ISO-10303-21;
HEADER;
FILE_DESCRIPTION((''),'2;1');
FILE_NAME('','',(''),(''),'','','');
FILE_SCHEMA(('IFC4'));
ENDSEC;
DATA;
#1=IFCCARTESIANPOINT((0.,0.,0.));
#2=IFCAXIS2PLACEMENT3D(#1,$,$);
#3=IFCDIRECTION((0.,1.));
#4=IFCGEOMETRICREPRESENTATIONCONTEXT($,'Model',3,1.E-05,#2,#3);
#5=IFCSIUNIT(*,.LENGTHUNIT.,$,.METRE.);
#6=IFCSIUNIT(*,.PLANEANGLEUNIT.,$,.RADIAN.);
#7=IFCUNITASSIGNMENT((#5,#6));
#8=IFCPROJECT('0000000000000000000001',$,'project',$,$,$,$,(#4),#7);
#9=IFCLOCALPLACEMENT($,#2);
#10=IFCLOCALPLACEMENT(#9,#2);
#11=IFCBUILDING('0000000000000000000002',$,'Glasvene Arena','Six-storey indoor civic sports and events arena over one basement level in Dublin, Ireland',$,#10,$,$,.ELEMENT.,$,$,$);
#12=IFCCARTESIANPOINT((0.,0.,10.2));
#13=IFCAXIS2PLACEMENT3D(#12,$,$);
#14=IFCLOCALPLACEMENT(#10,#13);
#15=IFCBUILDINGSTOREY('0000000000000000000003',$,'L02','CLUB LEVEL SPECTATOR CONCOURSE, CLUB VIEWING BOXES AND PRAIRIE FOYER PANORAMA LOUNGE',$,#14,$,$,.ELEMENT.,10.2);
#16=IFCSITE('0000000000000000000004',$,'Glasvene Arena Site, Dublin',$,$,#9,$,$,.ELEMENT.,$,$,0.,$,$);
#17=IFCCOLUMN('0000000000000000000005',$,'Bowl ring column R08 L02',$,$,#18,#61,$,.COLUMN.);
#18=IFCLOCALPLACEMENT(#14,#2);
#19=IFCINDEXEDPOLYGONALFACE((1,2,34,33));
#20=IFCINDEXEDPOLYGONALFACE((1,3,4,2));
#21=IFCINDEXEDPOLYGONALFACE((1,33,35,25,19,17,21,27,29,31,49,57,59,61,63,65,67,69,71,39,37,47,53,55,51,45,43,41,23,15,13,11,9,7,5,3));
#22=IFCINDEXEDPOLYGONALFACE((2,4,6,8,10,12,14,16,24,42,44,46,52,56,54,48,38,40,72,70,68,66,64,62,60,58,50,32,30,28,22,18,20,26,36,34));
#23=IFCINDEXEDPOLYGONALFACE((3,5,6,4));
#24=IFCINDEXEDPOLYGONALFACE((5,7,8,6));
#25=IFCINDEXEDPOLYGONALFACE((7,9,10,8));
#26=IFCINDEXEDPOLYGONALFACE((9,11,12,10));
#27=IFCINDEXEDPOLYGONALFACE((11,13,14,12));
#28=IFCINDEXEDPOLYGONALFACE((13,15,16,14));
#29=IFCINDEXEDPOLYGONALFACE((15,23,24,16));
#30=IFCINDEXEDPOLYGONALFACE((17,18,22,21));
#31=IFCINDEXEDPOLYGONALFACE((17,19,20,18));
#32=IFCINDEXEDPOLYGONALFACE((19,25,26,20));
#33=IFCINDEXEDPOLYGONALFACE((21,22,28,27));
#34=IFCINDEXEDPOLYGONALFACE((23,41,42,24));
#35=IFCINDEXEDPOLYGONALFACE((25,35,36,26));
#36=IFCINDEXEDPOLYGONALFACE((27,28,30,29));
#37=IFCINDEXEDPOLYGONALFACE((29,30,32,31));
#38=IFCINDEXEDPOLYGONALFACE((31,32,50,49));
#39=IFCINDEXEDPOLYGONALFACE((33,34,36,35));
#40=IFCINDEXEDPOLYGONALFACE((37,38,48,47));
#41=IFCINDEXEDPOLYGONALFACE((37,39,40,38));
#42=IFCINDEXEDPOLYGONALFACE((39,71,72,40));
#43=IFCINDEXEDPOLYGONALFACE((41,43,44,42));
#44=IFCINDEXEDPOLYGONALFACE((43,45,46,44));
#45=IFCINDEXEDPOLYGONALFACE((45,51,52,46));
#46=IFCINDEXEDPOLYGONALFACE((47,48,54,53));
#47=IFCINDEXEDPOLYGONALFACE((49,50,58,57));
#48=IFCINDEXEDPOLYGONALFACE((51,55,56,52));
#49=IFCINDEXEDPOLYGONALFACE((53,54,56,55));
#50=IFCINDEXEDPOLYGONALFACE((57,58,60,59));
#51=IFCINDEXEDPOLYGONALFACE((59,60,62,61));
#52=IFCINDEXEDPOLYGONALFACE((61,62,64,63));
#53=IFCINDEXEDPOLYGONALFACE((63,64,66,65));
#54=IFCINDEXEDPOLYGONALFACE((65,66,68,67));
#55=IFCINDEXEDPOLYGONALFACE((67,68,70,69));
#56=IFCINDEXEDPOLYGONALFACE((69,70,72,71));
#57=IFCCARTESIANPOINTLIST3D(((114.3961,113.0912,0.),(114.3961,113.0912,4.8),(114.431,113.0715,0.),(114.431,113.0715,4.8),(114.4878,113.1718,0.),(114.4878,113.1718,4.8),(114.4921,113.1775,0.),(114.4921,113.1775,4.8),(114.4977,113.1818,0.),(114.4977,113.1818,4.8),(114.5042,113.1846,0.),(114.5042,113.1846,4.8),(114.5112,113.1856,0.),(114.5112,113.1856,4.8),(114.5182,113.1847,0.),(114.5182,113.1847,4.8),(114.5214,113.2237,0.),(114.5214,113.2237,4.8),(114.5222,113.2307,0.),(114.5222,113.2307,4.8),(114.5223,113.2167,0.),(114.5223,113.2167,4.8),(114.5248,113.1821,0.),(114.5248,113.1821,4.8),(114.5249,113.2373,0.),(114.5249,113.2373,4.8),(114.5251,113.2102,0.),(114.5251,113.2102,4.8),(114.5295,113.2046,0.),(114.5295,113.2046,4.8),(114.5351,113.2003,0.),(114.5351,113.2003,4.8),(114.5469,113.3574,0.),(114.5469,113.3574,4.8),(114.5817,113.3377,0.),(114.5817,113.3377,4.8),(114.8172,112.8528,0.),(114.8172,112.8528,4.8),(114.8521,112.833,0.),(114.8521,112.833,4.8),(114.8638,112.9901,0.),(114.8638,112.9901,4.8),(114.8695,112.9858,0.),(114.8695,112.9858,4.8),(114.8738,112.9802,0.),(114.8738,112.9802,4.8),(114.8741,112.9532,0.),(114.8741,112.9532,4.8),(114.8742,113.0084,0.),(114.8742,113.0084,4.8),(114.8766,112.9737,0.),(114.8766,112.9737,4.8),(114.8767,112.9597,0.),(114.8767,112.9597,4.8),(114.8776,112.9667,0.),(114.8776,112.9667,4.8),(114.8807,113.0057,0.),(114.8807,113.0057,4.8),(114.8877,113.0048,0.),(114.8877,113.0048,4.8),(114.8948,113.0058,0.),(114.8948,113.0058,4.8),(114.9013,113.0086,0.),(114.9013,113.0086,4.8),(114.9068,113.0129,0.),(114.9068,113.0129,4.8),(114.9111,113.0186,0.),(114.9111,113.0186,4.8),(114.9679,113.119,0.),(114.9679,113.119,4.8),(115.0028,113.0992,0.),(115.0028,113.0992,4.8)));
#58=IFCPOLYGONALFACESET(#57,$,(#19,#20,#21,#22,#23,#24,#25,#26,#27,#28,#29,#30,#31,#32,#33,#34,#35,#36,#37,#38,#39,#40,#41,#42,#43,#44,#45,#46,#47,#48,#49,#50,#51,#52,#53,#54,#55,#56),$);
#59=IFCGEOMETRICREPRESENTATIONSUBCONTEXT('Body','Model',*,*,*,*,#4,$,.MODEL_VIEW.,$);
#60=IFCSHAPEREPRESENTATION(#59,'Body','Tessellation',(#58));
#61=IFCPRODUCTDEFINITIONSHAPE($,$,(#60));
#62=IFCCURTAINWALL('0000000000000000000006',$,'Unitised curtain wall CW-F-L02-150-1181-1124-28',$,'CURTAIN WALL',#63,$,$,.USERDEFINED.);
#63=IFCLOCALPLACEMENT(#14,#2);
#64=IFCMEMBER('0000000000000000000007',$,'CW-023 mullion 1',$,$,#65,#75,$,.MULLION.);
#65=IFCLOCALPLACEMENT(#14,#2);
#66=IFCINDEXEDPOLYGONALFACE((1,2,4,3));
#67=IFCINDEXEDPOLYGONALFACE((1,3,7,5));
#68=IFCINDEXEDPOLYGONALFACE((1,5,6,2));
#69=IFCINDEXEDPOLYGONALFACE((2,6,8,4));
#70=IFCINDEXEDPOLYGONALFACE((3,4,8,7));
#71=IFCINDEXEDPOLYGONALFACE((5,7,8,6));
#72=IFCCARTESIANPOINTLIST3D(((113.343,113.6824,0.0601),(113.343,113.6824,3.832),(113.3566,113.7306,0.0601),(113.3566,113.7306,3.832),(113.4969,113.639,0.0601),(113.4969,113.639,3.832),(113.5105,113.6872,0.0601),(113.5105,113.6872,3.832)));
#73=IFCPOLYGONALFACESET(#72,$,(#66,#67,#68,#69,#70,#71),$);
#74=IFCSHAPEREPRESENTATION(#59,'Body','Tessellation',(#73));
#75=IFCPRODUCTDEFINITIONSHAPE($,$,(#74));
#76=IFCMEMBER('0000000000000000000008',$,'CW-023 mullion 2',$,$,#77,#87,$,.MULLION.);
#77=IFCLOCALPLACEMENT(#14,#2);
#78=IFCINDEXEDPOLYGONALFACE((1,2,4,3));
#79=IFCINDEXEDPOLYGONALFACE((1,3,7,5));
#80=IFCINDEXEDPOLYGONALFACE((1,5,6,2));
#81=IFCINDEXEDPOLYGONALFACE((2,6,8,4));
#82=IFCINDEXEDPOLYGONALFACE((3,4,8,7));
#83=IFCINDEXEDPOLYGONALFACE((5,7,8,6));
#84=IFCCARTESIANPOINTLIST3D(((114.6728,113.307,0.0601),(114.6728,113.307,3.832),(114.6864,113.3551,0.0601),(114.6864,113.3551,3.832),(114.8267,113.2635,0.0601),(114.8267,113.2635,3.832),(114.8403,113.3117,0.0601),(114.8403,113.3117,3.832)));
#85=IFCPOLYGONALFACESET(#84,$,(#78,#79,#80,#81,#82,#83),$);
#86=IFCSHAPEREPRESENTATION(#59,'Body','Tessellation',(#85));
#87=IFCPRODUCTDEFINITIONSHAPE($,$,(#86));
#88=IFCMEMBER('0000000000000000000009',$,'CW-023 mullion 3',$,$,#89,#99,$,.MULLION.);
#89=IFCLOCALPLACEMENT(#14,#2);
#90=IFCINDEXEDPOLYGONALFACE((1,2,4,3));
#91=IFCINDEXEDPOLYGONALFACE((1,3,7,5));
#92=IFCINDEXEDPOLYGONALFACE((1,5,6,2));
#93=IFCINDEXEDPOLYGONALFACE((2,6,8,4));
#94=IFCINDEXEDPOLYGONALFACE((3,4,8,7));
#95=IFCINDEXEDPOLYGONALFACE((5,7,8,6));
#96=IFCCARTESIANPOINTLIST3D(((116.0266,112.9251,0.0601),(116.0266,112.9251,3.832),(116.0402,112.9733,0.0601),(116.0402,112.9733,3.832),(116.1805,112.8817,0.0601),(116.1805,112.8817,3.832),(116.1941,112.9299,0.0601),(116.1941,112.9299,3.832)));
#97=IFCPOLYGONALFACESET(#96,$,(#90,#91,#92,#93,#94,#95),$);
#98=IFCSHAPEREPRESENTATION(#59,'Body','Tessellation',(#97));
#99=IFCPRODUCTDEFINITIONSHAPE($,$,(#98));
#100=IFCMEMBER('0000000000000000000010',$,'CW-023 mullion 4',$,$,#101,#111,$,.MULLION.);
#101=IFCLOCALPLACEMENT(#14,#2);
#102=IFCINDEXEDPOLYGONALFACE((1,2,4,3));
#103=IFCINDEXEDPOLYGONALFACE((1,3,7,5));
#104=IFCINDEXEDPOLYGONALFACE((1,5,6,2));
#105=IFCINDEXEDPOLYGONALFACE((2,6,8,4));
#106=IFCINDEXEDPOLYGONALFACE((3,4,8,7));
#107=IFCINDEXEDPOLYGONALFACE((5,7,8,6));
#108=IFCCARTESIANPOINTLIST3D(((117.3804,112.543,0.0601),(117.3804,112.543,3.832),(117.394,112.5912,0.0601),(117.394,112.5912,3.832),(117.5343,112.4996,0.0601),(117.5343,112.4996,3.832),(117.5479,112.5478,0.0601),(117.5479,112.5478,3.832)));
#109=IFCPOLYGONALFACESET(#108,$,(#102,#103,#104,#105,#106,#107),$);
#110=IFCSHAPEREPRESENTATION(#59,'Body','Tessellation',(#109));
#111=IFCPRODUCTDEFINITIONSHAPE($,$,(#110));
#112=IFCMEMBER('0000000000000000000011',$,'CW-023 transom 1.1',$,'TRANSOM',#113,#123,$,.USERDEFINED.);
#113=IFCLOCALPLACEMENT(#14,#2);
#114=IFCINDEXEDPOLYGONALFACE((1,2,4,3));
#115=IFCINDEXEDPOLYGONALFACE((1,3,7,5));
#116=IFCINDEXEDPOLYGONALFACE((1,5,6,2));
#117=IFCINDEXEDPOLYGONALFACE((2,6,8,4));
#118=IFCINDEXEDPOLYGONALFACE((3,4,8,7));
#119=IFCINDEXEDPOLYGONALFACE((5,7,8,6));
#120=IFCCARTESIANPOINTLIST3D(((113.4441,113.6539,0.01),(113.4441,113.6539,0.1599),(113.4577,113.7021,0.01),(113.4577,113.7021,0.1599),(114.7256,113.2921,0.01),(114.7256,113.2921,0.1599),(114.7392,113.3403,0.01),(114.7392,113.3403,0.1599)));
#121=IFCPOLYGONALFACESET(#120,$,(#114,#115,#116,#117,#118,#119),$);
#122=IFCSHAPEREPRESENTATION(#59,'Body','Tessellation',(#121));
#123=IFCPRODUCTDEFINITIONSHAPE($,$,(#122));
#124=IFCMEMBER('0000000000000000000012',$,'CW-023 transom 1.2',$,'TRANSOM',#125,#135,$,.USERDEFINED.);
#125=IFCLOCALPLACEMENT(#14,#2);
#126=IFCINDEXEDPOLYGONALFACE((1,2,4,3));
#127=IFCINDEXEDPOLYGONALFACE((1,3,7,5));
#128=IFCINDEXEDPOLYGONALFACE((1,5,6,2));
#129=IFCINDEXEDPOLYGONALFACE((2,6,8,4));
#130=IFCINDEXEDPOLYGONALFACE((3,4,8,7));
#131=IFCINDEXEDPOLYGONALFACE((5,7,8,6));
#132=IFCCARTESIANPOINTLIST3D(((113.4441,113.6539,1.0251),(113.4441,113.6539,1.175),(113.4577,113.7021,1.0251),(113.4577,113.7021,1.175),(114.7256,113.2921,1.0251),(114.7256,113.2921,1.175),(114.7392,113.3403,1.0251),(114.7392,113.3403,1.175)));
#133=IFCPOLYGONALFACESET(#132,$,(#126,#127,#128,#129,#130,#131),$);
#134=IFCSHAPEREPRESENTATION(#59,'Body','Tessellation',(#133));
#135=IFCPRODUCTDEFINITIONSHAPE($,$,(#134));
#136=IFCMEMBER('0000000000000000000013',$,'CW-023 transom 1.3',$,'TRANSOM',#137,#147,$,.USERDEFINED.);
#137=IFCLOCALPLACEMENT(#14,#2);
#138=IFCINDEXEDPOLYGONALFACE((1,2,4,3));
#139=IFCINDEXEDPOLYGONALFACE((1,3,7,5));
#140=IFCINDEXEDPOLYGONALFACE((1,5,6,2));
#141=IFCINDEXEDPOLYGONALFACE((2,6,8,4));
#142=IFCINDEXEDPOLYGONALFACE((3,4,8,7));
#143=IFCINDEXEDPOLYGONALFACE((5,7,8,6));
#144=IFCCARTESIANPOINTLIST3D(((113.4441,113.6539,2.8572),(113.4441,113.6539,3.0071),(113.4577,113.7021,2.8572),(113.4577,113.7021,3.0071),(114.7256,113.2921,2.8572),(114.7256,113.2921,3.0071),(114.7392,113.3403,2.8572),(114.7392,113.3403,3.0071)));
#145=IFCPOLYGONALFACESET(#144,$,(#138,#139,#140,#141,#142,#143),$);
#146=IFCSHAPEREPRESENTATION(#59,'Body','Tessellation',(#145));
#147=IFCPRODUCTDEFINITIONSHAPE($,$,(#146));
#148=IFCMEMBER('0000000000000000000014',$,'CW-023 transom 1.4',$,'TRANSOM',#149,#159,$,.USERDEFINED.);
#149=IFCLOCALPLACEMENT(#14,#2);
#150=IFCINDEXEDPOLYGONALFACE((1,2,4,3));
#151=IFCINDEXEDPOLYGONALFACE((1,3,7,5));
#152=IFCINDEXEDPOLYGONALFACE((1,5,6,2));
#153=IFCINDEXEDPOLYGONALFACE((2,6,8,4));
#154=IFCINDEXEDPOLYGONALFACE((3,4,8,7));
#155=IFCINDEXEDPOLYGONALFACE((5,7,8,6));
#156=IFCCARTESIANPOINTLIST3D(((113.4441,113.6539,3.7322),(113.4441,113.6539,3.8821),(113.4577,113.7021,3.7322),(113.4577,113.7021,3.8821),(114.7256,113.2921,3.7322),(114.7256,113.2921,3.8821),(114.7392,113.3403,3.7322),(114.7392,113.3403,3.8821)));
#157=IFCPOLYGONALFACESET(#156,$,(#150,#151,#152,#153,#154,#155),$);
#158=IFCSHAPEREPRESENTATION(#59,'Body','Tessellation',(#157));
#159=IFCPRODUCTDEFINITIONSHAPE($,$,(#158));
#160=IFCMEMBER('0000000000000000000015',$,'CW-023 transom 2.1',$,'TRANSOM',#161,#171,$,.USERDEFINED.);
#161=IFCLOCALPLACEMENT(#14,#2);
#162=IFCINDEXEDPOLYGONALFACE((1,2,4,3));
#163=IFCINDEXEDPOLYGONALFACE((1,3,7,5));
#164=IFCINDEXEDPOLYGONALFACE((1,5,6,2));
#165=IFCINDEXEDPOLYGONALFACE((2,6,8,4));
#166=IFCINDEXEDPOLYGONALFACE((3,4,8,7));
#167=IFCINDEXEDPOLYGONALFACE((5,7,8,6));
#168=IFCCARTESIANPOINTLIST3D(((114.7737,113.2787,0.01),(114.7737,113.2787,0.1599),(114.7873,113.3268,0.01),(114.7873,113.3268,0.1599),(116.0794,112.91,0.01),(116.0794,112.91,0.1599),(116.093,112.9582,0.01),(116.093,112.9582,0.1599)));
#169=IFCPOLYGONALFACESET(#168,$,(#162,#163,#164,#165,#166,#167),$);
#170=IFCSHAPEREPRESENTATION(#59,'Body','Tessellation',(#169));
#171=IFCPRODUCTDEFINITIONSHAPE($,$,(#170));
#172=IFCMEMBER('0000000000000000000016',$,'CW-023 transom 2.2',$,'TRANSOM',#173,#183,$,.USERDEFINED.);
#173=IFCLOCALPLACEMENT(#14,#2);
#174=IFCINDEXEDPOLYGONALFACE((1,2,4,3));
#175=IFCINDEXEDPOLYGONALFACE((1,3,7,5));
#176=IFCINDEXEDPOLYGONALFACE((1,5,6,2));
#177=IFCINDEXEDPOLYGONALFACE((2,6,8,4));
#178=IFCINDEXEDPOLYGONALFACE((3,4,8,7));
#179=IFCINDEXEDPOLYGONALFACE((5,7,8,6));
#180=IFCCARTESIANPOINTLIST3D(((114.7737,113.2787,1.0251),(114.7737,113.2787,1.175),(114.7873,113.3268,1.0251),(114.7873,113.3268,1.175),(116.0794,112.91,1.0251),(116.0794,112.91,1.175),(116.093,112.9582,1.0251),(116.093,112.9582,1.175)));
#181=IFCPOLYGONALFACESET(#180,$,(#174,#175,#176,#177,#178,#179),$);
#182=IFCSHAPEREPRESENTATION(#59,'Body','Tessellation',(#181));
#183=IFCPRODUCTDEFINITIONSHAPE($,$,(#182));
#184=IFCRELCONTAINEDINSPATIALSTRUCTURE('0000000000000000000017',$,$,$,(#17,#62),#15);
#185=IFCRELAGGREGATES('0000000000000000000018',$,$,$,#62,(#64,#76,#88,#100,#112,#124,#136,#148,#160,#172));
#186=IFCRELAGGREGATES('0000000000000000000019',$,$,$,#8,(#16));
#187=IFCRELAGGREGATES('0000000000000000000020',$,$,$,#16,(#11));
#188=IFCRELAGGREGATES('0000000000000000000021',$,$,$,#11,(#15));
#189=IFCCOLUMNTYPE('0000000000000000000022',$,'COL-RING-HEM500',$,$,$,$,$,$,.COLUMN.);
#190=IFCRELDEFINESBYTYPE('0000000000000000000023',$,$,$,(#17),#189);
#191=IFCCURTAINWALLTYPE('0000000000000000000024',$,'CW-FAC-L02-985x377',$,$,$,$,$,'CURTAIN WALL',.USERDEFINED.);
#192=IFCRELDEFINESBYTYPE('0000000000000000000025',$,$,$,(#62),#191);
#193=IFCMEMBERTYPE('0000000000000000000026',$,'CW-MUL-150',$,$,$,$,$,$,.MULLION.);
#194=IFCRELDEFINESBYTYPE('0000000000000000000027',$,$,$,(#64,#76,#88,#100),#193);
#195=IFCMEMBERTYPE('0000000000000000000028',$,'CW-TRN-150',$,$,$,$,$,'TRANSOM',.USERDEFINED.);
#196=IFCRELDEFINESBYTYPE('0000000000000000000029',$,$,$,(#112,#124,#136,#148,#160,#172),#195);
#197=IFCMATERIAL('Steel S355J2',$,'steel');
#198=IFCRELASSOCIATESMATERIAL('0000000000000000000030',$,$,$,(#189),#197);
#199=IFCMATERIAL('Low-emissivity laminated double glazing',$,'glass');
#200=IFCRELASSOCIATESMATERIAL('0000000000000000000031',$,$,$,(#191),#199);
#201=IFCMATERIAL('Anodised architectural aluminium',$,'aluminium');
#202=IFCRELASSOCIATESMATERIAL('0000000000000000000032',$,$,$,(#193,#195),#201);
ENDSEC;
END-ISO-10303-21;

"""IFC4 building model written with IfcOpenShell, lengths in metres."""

from ifc_helpers import new_model, si_unit, direction, frame, origin, origin_2d, place, context, subcontext, project, spatial, rectangle, i_section, extrude, material, material_profile, profile_set, type_object, element, aggregate, save


model = new_model("IFC4")

# Units and contexts
model_context = context("Model", 3, precision=1e-05, world=origin(), true_north=direction((0.0, 1.0)))
body_context = subcontext(model_context, "Body", "Model", "MODEL_VIEW")
ifc_project = project(units=[si_unit("LENGTHUNIT", "METRE"), si_unit("PLANEANGLEUNIT", "RADIAN")], contexts=[model_context])

# Site, building, storey
site_placement = place(None, origin())
site = spatial("IfcSite", under=ifc_project, at=site_placement, Name="Glasvene Arena Site, Dublin", CompositionType="ELEMENT", RefElevation=0.0)
building_placement = place(site_placement, origin())
building = spatial("IfcBuilding", under=site, at=building_placement, Name="Glasvene Arena", Description="Six-storey indoor civic sports and events arena over one basement level in Dublin, Ireland", CompositionType="ELEMENT")
storey_placement = place(building_placement, frame((0.0, 0.0, 10.2)))
storey = spatial("IfcBuildingStorey", under=building, at=storey_placement, Name="L02", Description="CLUB LEVEL SPECTATOR CONCOURSE, CLUB VIEWING BOXES AND PRAIRIE FOYER PANORAMA LOUNGE", CompositionType="ELEMENT", Elevation=10.2)

# Column
ifc_material_1 = material(Name="Steel S355J2", Category="steel")
ifc_material_profile_1 = material_profile(ifc_material_1, i_section(OverallWidth=0.3059, OverallDepth=0.5239, WebThickness=0.021, FlangeThickness=0.04, FilletRadius=0.0271, at=origin_2d()), Name="HEM 500")
ifc_profile_set_1 = profile_set([ifc_material_profile_1], Name="Steel S355J2")
column_type = type_object("IfcColumnType", Name="COL-RING-HEM500", PredefinedType="COLUMN", material=ifc_profile_set_1)
column_placement = place(storey_placement, frame((114.6995, 113.0952, 0.0), z_axis=(0.0, 0.0, 1.0), x_axis=(0.492727, 0.870184, 0.0)))
element("IfcColumn", 1, at=column_placement, inside=storey, type_object=column_type, Name="Bowl ring column R08 L02", PredefinedType="COLUMN", context=body_context, shape_type="SweptSolid", body=[
    extrude(i_section(OverallWidth=0.3059, OverallDepth=0.5239, WebThickness=0.021, FlangeThickness=0.04, FilletRadius=0.0271, at=origin_2d()), origin(), (0.0, 0.0, 1.0), 4.8),
])

# Curtain wall, members
ifc_material_2 = material(Name="Low-emissivity laminated double glazing", Category="glass")
curtain_wall_type = type_object("IfcCurtainWallType", Name="CW-FAC-L02-985x377", ElementType="CURTAIN WALL", PredefinedType="USERDEFINED", material=ifc_material_2)
curtain_wall_placement = place(storey_placement, frame((113.4026, 113.6914, 0.0)))
curtain_wall = element("IfcCurtainWall", 2, at=curtain_wall_placement, inside=storey, type_object=curtain_wall_type, Name="Unitised curtain wall CW-F-L02-150-1181-1124-28", ObjectType="CURTAIN WALL", PredefinedType="USERDEFINED")
ifc_material_3 = material(Name="Anodised architectural aluminium", Category="aluminium")
ifc_material_profile_2 = material_profile(ifc_material_3, rectangle(XDim=0.05, YDim=0.1599, at=origin_2d()), Name="ALU MULLION 50x160")
ifc_profile_set_2 = profile_set([ifc_material_profile_2], Name="Anodised architectural aluminium")
member_type_1 = type_object("IfcMemberType", Name="CW-MUL-150", PredefinedType="MULLION", material=ifc_profile_set_2)
member_1_placement = place(storey_placement, frame((113.4268, 113.6848, 0.0601), z_axis=(0.0, 0.0, 1.0), x_axis=(0.271597, 0.962411, 0.0)))
member_1 = element("IfcMember", 3, at=member_1_placement, type_object=member_type_1, Name="CW-023 mullion 1", PredefinedType="MULLION", context=body_context, shape_type="SweptSolid", body=[
    extrude(rectangle(XDim=0.05, YDim=0.1599, at=origin_2d()), origin(), (0.0, 0.0, 1.0), 3.772),
])
member_2_placement = place(storey_placement, frame((114.7566, 113.3093, 0.0601), z_axis=(0.0, 0.0, 1.0), x_axis=(0.271597, 0.962411, 0.0)))
member_2 = element("IfcMember", 4, at=member_2_placement, type_object=member_type_1, Name="CW-023 mullion 2", PredefinedType="MULLION", context=body_context, shape_type="SweptSolid", body=[
    extrude(rectangle(XDim=0.05, YDim=0.1599, at=origin_2d()), origin(), (0.0, 0.0, 1.0), 3.772),
])
member_3_placement = place(storey_placement, frame((116.1104, 112.9275, 0.0601), z_axis=(0.0, 0.0, 1.0), x_axis=(0.271597, 0.962411, 0.0)))
member_3 = element("IfcMember", 5, at=member_3_placement, type_object=member_type_1, Name="CW-023 mullion 3", PredefinedType="MULLION", context=body_context, shape_type="SweptSolid", body=[
    extrude(rectangle(XDim=0.05, YDim=0.1599, at=origin_2d()), origin(), (0.0, 0.0, 1.0), 3.772),
])
member_4_placement = place(storey_placement, frame((117.4641, 112.5454, 0.0601), z_axis=(0.0, 0.0, 1.0), x_axis=(0.271597, 0.962411, 0.0)))
member_4 = element("IfcMember", 6, at=member_4_placement, type_object=member_type_1, Name="CW-023 mullion 4", PredefinedType="MULLION", context=body_context, shape_type="SweptSolid", body=[
    extrude(rectangle(XDim=0.05, YDim=0.1599, at=origin_2d()), origin(), (0.0, 0.0, 1.0), 3.772),
])
ifc_material_profile_3 = material_profile(ifc_material_3, rectangle(XDim=0.05, YDim=0.1499, at=origin_2d()), Name="ALU TRANSOM 50x150")
ifc_profile_set_3 = profile_set([ifc_material_profile_3], Name="Anodised architectural aluminium")
member_type_2 = type_object("IfcMemberType", Name="CW-TRN-150", ElementType="TRANSOM", PredefinedType="USERDEFINED", material=ifc_profile_set_3)
member_5_placement = place(storey_placement, frame((113.4509, 113.678, 0.085), z_axis=(0.962377, -0.271717, 0.0), x_axis=(0.271717, 0.962377, 0.0)))
member_5 = element("IfcMember", 7, at=member_5_placement, type_object=member_type_2, Name="CW-023 transom 1.1", ObjectType="TRANSOM", PredefinedType="USERDEFINED", context=body_context, shape_type="SweptSolid", body=[
    extrude(rectangle(XDim=0.05, YDim=0.1499, at=origin_2d()), origin(), (0.0, 0.0, 1.0), 1.3315),
])
member_6_placement = place(storey_placement, frame((113.4509, 113.678, 1.1001), z_axis=(0.962377, -0.271717, 0.0), x_axis=(0.271717, 0.962377, 0.0)))
member_6 = element("IfcMember", 8, at=member_6_placement, type_object=member_type_2, Name="CW-023 transom 1.2", ObjectType="TRANSOM", PredefinedType="USERDEFINED", context=body_context, shape_type="SweptSolid", body=[
    extrude(rectangle(XDim=0.05, YDim=0.1499, at=origin_2d()), origin(), (0.0, 0.0, 1.0), 1.3315),
])
member_7_placement = place(storey_placement, frame((113.4509, 113.678, 2.9321), z_axis=(0.962377, -0.271717, 0.0), x_axis=(0.271717, 0.962377, 0.0)))
member_7 = element("IfcMember", 9, at=member_7_placement, type_object=member_type_2, Name="CW-023 transom 1.3", ObjectType="TRANSOM", PredefinedType="USERDEFINED", context=body_context, shape_type="SweptSolid", body=[
    extrude(rectangle(XDim=0.05, YDim=0.1499, at=origin_2d()), origin(), (0.0, 0.0, 1.0), 1.3315),
])
member_8_placement = place(storey_placement, frame((113.4509, 113.678, 3.8071), z_axis=(0.962377, -0.271717, 0.0), x_axis=(0.271717, 0.962377, 0.0)))
member_8 = element("IfcMember", 10, at=member_8_placement, type_object=member_type_2, Name="CW-023 transom 1.4", ObjectType="TRANSOM", PredefinedType="USERDEFINED", context=body_context, shape_type="SweptSolid", body=[
    extrude(rectangle(XDim=0.05, YDim=0.1499, at=origin_2d()), origin(), (0.0, 0.0, 1.0), 1.3315),
])
member_9_placement = place(storey_placement, frame((114.7805, 113.3027, 0.085), z_axis=(0.962375, -0.271725, 0.0), x_axis=(0.271725, 0.962375, 0.0)))
member_9 = element("IfcMember", 11, at=member_9_placement, type_object=member_type_2, Name="CW-023 transom 2.1", ObjectType="TRANSOM", PredefinedType="USERDEFINED", context=body_context, shape_type="SweptSolid", body=[
    extrude(rectangle(XDim=0.05, YDim=0.1499, at=origin_2d()), origin(), (0.0, 0.0, 1.0), 1.3567),
])
member_10_placement = place(storey_placement, frame((114.7805, 113.3027, 1.1001), z_axis=(0.962375, -0.271725, 0.0), x_axis=(0.271725, 0.962375, 0.0)))
member_10 = element("IfcMember", 12, at=member_10_placement, type_object=member_type_2, Name="CW-023 transom 2.2", ObjectType="TRANSOM", PredefinedType="USERDEFINED", context=body_context, shape_type="SweptSolid", body=[
    extrude(rectangle(XDim=0.05, YDim=0.1499, at=origin_2d()), origin(), (0.0, 0.0, 1.0), 1.3567),
])
aggregate(curtain_wall, [member_1, member_2, member_3, member_4, member_5, member_6, member_7, member_8, member_9, member_10])

save(model, "model.ifc")
